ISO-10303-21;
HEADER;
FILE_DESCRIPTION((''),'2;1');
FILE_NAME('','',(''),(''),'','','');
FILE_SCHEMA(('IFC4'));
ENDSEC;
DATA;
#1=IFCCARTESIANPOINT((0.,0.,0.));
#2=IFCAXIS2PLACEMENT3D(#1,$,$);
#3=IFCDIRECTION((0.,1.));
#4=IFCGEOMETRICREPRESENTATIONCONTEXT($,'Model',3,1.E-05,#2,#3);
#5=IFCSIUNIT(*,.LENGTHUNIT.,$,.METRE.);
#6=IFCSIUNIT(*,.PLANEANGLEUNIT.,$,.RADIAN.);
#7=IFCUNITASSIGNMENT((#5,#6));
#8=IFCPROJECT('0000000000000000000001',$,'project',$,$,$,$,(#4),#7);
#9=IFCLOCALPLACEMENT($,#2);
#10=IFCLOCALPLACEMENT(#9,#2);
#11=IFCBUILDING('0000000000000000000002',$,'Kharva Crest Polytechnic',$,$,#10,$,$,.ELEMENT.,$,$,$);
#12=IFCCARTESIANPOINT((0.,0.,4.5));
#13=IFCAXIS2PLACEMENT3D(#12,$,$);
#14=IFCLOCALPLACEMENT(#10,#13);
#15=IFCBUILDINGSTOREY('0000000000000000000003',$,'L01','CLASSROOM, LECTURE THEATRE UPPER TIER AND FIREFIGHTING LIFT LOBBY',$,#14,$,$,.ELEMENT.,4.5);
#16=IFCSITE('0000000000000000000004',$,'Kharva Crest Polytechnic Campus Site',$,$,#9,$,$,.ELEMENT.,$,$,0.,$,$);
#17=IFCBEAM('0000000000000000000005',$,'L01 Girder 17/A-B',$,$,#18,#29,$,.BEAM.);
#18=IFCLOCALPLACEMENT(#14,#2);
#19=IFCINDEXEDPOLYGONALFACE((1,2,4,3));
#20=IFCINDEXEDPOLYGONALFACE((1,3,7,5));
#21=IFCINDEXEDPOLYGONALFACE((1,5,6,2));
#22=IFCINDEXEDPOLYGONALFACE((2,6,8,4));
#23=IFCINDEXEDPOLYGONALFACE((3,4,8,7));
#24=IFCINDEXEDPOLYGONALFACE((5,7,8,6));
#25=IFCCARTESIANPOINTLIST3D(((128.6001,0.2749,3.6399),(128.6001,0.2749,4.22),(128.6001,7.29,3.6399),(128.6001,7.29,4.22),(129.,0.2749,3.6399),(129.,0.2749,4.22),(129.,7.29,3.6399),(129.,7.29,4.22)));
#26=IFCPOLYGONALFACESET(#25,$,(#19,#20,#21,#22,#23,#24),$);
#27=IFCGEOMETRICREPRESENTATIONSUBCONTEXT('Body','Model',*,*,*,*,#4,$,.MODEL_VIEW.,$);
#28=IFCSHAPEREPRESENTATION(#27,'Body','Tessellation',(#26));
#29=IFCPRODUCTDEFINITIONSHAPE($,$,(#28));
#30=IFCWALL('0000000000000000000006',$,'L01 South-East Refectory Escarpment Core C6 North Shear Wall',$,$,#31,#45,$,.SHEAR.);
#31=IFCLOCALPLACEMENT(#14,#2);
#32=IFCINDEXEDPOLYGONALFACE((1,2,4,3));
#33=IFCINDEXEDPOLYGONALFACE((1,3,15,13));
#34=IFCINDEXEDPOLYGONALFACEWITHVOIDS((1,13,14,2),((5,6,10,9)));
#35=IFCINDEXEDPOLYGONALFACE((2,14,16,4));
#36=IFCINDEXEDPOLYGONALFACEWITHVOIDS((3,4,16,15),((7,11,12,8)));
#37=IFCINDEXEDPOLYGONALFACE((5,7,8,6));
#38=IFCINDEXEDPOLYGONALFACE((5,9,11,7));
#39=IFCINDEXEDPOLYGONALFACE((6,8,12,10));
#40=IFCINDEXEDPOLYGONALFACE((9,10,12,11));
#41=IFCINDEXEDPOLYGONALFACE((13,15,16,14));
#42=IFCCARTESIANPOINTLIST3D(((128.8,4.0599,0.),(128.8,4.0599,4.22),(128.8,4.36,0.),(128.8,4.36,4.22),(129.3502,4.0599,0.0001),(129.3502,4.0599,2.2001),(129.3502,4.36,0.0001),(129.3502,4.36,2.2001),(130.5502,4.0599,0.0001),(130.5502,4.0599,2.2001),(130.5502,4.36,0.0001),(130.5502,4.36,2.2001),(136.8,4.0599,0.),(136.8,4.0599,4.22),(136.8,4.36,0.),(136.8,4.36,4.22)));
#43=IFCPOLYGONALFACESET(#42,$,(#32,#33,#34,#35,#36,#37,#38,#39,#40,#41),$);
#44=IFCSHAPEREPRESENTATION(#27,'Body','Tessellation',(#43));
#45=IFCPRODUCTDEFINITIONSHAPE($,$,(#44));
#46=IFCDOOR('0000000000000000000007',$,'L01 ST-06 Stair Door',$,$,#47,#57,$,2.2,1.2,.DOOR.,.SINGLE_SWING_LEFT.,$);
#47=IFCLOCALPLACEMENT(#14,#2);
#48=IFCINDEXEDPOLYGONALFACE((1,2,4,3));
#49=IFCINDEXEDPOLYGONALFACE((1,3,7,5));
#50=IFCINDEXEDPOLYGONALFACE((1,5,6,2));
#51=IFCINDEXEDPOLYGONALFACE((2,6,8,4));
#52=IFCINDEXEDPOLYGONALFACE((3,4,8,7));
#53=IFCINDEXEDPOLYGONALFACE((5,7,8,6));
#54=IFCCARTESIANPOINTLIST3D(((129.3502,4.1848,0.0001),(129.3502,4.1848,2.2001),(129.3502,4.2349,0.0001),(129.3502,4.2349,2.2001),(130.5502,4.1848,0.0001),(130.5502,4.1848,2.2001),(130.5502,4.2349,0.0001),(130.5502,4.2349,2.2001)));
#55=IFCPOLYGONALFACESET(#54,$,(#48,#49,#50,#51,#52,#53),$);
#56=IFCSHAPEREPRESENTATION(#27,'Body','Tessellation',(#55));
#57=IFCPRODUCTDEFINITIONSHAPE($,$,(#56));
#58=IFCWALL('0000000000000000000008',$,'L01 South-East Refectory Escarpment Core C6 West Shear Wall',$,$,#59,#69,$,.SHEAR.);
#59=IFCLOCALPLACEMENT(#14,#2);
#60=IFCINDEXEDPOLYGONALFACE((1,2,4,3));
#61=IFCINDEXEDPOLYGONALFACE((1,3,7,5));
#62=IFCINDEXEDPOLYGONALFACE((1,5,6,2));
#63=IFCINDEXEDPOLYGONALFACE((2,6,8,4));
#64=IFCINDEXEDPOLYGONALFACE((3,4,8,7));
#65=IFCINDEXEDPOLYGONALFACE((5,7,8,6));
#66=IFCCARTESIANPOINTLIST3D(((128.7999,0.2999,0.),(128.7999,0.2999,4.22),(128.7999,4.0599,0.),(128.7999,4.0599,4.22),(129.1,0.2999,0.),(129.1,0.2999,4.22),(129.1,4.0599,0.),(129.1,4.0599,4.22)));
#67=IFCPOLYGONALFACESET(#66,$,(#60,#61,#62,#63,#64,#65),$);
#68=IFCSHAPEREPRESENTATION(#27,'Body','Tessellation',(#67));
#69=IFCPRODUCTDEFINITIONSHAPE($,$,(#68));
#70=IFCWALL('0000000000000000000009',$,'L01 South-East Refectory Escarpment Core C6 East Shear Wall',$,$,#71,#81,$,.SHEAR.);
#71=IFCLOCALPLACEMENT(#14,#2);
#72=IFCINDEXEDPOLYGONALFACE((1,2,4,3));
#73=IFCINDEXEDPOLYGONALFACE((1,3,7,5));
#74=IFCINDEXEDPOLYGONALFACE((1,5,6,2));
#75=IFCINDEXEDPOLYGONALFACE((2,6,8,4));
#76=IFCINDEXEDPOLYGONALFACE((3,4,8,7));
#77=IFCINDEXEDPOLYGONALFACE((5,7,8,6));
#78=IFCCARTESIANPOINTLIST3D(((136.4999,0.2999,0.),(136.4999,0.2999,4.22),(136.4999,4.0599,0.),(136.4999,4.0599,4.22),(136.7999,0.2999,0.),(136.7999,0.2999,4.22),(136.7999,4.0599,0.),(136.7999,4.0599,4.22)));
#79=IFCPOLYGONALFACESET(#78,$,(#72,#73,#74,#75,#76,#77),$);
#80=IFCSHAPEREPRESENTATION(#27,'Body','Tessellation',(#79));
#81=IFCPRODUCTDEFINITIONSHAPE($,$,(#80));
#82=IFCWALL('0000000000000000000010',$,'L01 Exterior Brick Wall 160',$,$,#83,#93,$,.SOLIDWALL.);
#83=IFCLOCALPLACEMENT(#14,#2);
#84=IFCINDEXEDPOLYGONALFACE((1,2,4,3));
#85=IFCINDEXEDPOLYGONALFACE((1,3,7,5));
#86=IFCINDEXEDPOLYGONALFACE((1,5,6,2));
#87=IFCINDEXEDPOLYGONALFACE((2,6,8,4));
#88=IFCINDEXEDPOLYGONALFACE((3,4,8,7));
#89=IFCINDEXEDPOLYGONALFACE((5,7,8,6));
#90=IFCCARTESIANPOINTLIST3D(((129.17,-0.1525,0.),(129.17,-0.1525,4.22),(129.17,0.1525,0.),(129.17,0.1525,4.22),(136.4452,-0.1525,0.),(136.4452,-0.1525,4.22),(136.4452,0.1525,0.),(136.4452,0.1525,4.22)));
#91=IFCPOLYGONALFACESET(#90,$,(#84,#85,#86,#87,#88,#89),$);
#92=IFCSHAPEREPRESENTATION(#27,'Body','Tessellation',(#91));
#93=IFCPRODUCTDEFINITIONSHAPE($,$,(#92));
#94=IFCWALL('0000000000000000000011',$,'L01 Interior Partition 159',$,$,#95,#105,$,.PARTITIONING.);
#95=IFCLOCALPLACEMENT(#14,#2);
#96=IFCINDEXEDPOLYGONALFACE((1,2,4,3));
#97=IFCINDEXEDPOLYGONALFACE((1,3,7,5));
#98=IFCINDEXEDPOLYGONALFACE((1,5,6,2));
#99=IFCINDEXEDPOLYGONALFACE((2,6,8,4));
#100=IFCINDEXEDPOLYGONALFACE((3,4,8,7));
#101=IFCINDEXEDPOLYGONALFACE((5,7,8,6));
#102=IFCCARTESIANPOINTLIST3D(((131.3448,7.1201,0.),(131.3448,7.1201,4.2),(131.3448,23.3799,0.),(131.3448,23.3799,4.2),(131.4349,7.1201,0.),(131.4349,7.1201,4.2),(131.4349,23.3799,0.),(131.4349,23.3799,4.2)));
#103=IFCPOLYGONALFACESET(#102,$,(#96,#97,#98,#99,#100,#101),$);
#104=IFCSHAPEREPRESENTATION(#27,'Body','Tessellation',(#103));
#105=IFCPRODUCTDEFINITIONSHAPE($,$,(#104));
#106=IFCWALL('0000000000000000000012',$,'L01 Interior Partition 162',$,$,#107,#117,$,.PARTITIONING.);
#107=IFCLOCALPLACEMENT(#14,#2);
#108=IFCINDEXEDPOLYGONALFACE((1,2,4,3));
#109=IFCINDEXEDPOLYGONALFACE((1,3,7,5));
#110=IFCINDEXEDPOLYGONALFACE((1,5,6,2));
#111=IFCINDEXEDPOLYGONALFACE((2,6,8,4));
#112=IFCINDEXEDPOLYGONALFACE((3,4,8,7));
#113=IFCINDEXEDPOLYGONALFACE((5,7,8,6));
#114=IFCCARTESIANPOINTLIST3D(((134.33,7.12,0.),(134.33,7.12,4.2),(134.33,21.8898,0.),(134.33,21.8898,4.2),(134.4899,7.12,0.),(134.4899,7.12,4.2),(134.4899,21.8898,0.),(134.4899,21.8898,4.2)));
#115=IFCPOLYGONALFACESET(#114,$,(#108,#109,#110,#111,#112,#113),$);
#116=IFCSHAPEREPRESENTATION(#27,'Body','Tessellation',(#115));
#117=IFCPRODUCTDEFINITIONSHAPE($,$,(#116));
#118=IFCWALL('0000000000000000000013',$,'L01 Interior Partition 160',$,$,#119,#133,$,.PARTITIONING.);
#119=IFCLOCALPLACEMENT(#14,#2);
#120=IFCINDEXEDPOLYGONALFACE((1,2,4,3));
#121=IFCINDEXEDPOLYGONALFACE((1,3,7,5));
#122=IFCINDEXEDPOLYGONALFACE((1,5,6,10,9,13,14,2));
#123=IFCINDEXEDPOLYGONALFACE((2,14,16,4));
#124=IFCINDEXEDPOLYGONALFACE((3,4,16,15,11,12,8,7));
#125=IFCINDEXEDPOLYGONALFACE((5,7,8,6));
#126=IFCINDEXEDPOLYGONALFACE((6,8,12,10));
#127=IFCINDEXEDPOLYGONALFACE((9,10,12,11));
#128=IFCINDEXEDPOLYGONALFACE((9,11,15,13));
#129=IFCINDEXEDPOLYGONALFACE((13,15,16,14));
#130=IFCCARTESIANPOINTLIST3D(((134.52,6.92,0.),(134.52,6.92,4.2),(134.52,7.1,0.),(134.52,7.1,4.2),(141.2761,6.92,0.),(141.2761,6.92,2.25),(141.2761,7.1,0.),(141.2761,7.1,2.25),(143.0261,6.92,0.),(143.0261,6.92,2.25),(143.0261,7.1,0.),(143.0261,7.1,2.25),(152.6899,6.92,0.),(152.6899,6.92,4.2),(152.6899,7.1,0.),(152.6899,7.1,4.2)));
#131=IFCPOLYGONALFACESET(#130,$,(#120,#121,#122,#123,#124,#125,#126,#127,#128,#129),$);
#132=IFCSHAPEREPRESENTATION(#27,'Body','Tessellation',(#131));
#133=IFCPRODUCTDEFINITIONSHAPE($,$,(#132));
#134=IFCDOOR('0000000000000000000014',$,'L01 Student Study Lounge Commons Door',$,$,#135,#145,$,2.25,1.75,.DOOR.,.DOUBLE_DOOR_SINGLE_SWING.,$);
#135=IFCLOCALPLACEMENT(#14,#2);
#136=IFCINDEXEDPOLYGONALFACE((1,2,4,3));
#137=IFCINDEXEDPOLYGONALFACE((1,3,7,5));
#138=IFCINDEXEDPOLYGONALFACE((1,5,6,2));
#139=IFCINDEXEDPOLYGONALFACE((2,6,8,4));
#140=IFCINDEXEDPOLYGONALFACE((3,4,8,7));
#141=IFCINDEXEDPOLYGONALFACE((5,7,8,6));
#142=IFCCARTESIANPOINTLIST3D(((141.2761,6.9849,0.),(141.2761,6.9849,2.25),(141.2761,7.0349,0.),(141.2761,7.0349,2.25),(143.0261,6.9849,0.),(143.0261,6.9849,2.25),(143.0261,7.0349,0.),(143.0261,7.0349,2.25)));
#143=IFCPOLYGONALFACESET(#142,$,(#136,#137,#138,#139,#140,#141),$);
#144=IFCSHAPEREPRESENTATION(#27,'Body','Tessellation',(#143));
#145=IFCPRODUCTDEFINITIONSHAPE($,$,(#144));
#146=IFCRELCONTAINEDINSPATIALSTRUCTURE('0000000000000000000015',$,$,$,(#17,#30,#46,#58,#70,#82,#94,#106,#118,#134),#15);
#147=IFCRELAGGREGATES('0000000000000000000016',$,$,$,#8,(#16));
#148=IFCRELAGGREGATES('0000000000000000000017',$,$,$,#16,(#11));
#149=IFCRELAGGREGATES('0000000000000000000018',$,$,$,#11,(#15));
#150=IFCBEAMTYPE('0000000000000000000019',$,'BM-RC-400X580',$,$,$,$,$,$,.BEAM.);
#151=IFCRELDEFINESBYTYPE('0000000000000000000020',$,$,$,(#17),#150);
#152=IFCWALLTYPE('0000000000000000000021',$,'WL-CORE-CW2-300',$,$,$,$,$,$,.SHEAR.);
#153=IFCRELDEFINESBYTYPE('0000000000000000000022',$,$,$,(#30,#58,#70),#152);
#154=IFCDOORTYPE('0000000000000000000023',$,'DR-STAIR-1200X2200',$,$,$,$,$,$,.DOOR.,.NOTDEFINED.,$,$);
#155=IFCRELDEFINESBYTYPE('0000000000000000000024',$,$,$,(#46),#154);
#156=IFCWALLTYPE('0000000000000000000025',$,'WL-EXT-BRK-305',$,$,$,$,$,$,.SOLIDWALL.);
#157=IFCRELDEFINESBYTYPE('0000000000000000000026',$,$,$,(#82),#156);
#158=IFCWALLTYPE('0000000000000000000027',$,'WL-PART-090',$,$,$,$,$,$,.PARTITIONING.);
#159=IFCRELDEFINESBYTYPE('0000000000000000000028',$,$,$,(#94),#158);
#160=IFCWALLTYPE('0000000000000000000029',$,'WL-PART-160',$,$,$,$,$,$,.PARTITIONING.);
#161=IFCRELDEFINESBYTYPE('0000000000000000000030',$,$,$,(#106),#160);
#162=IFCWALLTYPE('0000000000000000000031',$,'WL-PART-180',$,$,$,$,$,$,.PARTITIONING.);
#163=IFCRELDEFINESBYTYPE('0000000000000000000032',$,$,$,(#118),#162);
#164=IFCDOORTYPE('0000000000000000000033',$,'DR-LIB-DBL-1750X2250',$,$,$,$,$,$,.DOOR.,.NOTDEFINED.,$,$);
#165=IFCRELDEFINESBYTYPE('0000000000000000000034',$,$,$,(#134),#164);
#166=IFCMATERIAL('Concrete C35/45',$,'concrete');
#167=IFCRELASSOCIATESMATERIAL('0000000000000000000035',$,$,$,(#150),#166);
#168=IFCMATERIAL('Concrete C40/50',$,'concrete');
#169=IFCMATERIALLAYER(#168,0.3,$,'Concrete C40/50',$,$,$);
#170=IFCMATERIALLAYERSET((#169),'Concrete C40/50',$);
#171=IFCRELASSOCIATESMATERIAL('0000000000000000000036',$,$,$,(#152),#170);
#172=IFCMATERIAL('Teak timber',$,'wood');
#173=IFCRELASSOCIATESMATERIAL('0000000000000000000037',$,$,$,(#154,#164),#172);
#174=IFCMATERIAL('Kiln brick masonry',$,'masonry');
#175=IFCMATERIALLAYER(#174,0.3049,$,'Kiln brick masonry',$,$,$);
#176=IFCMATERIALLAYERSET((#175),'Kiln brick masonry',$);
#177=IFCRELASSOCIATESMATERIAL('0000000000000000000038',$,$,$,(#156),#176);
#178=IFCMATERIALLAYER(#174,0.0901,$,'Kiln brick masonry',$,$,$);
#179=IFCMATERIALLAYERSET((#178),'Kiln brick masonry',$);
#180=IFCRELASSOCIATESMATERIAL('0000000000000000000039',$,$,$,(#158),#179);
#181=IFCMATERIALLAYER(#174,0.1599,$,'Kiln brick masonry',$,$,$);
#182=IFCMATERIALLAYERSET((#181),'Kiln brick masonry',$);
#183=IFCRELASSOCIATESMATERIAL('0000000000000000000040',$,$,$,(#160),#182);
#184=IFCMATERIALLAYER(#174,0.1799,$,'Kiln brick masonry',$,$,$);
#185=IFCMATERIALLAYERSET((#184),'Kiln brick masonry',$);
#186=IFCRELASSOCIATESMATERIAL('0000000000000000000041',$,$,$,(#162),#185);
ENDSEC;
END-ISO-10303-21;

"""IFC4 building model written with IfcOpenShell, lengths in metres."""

from ifc_helpers import new_model, si_unit, direction, frame, frame_2d, origin, origin_2d, place, context, subcontext, project, spatial, rectangle, extrude, material, layer, layer_set, material_profile, profile_set, type_object, element, fill, save


model = new_model("IFC4")

# Units and contexts
model_context = context("Model", 3, precision=1e-05, world=origin(), true_north=direction((0.0, 1.0)))
body_context = subcontext(model_context, "Body", "Model", "MODEL_VIEW")
ifc_project = project(units=[si_unit("LENGTHUNIT", "METRE"), si_unit("PLANEANGLEUNIT", "RADIAN")], contexts=[model_context])

# Site, building, storey
site_placement = place(None, origin())
site = spatial("IfcSite", under=ifc_project, at=site_placement, Name="Kharva Crest Polytechnic Campus Site", CompositionType="ELEMENT", RefElevation=0.0)
building_placement = place(site_placement, origin())
building = spatial("IfcBuilding", under=site, at=building_placement, Name="Kharva Crest Polytechnic", CompositionType="ELEMENT")
storey_placement = place(building_placement, frame((0.0, 0.0, 4.5)))
storey = spatial("IfcBuildingStorey", under=building, at=storey_placement, Name="L01", Description="CLASSROOM, LECTURE THEATRE UPPER TIER AND FIREFIGHTING LIFT LOBBY", CompositionType="ELEMENT", Elevation=4.5)

# Shared definitions
ifc_material_1 = material(Name="Concrete C40/50", Category="concrete")

# Beam
ifc_material_2 = material(Name="Concrete C35/45", Category="concrete")
ifc_material_profile_1 = material_profile(ifc_material_2, rectangle(XDim=0.3999, YDim=0.5801, at=origin_2d()), Name="RECT 400 X 580")
ifc_profile_set_1 = profile_set([ifc_material_profile_1], Name="Concrete C35/45")
beam_type = type_object("IfcBeamType", Name="BM-RC-400X580", PredefinedType="BEAM", material=ifc_profile_set_1)
beam_placement = place(storey_placement, frame((128.8, 0.2749, 3.9299), z_axis=(0.0, 1.0, 0.0), x_axis=(-1.0, 0.0, 0.0)))
element("IfcBeam", 1, at=beam_placement, inside=storey, type_object=beam_type, Name="L01 Girder 17/A-B", PredefinedType="BEAM", context=body_context, shape_type="SweptSolid", body=[
    extrude(rectangle(XDim=0.3999, YDim=0.5801, at=origin_2d()), origin(), (0.0, 0.0, 1.0), 7.0151),
])

# Wall, opening, door
ifc_layer_1 = layer(ifc_material_1, 0.3, Name="Concrete C40/50")
ifc_layer_set_1 = layer_set([ifc_layer_1], Name="Concrete C40/50")
wall_type_1 = type_object("IfcWallType", Name="WL-CORE-CW2-300", PredefinedType="SHEAR", material=ifc_layer_set_1)
wall_1_placement = place(storey_placement, frame((128.8, 4.21, 0.0), z_axis=(0.0, 0.0, 1.0), x_axis=(1.0, 0.0, 0.0)))
wall_1 = element("IfcWall", 2, at=wall_1_placement, inside=storey, type_object=wall_type_1, Name="L01 South-East Refectory Escarpment Core C6 North Shear Wall", PredefinedType="SHEAR", context=body_context, shape_type="SweptSolid", body=[
    extrude(rectangle(XDim=8.0, YDim=0.3, at=frame_2d((4.0, 0.0))), origin(), (0.0, 0.0, 1.0), 4.22),
])
opening_1_placement = place(wall_1_placement, frame((0.55, 0.0, 0.0)))
opening_1 = element("IfcOpeningElement", 3, at=opening_1_placement, cuts=wall_1, PredefinedType="OPENING", context=body_context, shape_type="SweptSolid", body=[
    extrude(rectangle(XDim=1.2, YDim=2.2, at=frame_2d((0.6001, 1.1001))), frame((0.0, 0.1599, 0.0), z_axis=(0.0, -1.0, 0.0), x_axis=(1.0, 0.0, 0.0)), (0.0, 0.0, 1.0), 0.3201),
])
ifc_material_3 = material(Name="Teak timber", Category="wood")
door_type_1 = type_object("IfcDoorType", Name="DR-STAIR-1200X2200", OperationType="NOTDEFINED", PredefinedType="DOOR", material=ifc_material_3)
door_1_placement = place(opening_1_placement, origin())
door_1 = element("IfcDoor", 4, at=door_1_placement, inside=storey, type_object=door_type_1, Name="L01 ST-06 Stair Door", OperationType="SINGLE_SWING_LEFT", OverallHeight=2.2, OverallWidth=1.2, PredefinedType="DOOR", context=body_context, shape_type="SweptSolid", body=[
    extrude(rectangle(XDim=1.2, YDim=2.2, at=frame_2d((0.6001, 1.1001))), frame((0.0, 0.0249, 0.0), z_axis=(0.0, -1.0, 0.0), x_axis=(1.0, 0.0, 0.0)), (0.0, 0.0, 1.0), 0.05),
])
fill(opening_1, door_1)

# Walls
for number, where, z_axis, x_axis, name in (
    (5, (128.95, 0.3, 0.0), (0.0, 0.0, 1.0), (0.0, 1.0, 0.0), "L01 South-East Refectory Escarpment Core C6 West Shear Wall"),
    (6, (136.6499, 0.3, 0.0), (0.0, 0.0, 1.0), (0.0, 1.0, 0.0), "L01 South-East Refectory Escarpment Core C6 East Shear Wall"),
):
    element("IfcWall", number, at=place(storey_placement, frame(where, z_axis=z_axis, x_axis=x_axis)), inside=storey, type_object=wall_type_1, Name=name, PredefinedType="SHEAR", context=body_context, shape_type="SweptSolid", body=[
        extrude(rectangle(XDim=3.76, YDim=0.3, at=frame_2d((1.8799, 0.0))), origin(), (0.0, 0.0, 1.0), 4.22),
    ])
ifc_material_4 = material(Name="Kiln brick masonry", Category="masonry")
ifc_layer_2 = layer(ifc_material_4, 0.3049, Name="Kiln brick masonry")
ifc_layer_set_2 = layer_set([ifc_layer_2], Name="Kiln brick masonry")
wall_type_2 = type_object("IfcWallType", Name="WL-EXT-BRK-305", PredefinedType="SOLIDWALL", material=ifc_layer_set_2)
wall_2_placement = place(storey_placement, frame((129.1699, 0.0, 0.0), z_axis=(0.0, 0.0, 1.0), x_axis=(1.0, 0.0, 0.0)))
element("IfcWall", 7, at=wall_2_placement, inside=storey, type_object=wall_type_2, Name="L01 Exterior Brick Wall 160", PredefinedType="SOLIDWALL", context=body_context, shape_type="SweptSolid", body=[
    extrude(rectangle(XDim=7.2751, YDim=0.3049, at=frame_2d((3.6377, 0.0))), origin(), (0.0, 0.0, 1.0), 4.22),
])
ifc_layer_3 = layer(ifc_material_4, 0.0901, Name="Kiln brick masonry")
ifc_layer_set_3 = layer_set([ifc_layer_3], Name="Kiln brick masonry")
wall_type_3 = type_object("IfcWallType", Name="WL-PART-090", PredefinedType="PARTITIONING", material=ifc_layer_set_3)
wall_3_placement = place(storey_placement, frame((131.3899, 7.1201, 0.0), z_axis=(0.0, 0.0, 1.0), x_axis=(0.0, 1.0, 0.0)))
element("IfcWall", 8, at=wall_3_placement, inside=storey, type_object=wall_type_3, Name="L01 Interior Partition 159", PredefinedType="PARTITIONING", context=body_context, shape_type="SweptSolid", body=[
    extrude(rectangle(XDim=16.2598, YDim=0.0901, at=frame_2d((8.1299, 0.0))), origin(), (0.0, 0.0, 1.0), 4.2),
])
ifc_layer_4 = layer(ifc_material_4, 0.1599, Name="Kiln brick masonry")
ifc_layer_set_4 = layer_set([ifc_layer_4], Name="Kiln brick masonry")
wall_type_4 = type_object("IfcWallType", Name="WL-PART-160", PredefinedType="PARTITIONING", material=ifc_layer_set_4)
wall_4_placement = place(storey_placement, frame((134.4099, 7.1201, 0.0), z_axis=(0.0, 0.0, 1.0), x_axis=(0.0, 1.0, 0.0)))
element("IfcWall", 9, at=wall_4_placement, inside=storey, type_object=wall_type_4, Name="L01 Interior Partition 162", PredefinedType="PARTITIONING", context=body_context, shape_type="SweptSolid", body=[
    extrude(rectangle(XDim=14.7698, YDim=0.1599, at=frame_2d((7.3848, 0.0))), origin(), (0.0, 0.0, 1.0), 4.2),
])

# Wall, opening, door
ifc_layer_5 = layer(ifc_material_4, 0.1799, Name="Kiln brick masonry")
ifc_layer_set_5 = layer_set([ifc_layer_5], Name="Kiln brick masonry")
wall_type_5 = type_object("IfcWallType", Name="WL-PART-180", PredefinedType="PARTITIONING", material=ifc_layer_set_5)
wall_5_placement = place(storey_placement, frame((134.52, 7.01, 0.0), z_axis=(0.0, 0.0, 1.0), x_axis=(1.0, 0.0, 0.0)))
wall_5 = element("IfcWall", 10, at=wall_5_placement, inside=storey, type_object=wall_type_5, Name="L01 Interior Partition 160", PredefinedType="PARTITIONING", context=body_context, shape_type="SweptSolid", body=[
    extrude(rectangle(XDim=18.1699, YDim=0.1799, at=frame_2d((9.085, 0.0))), origin(), (0.0, 0.0, 1.0), 4.2),
])
opening_2_placement = place(wall_5_placement, frame((6.7561, 0.0, 0.0)))
opening_2 = element("IfcOpeningElement", 11, at=opening_2_placement, cuts=wall_5, PredefinedType="OPENING", context=body_context, shape_type="SweptSolid", body=[
    extrude(rectangle(XDim=1.75, YDim=2.25, at=frame_2d((0.875, 1.125))), frame((0.0, 0.0999, 0.0), z_axis=(0.0, -1.0, 0.0), x_axis=(1.0, 0.0, 0.0)), (0.0, 0.0, 1.0), 0.2),
])
door_type_2 = type_object("IfcDoorType", Name="DR-LIB-DBL-1750X2250", OperationType="NOTDEFINED", PredefinedType="DOOR", material=ifc_material_3)
door_2_placement = place(opening_2_placement, origin())
door_2 = element("IfcDoor", 12, at=door_2_placement, inside=storey, type_object=door_type_2, Name="L01 Student Study Lounge Commons Door", OperationType="DOUBLE_DOOR_SINGLE_SWING", OverallHeight=2.25, OverallWidth=1.75, PredefinedType="DOOR", context=body_context, shape_type="SweptSolid", body=[
    extrude(rectangle(XDim=1.75, YDim=2.25, at=frame_2d((0.875, 1.125))), frame((0.0, 0.0249, 0.0), z_axis=(0.0, -1.0, 0.0), x_axis=(1.0, 0.0, 0.0)), (0.0, 0.0, 1.0), 0.05),
])
fill(opening_2, door_2)

save(model, "model.ifc")
